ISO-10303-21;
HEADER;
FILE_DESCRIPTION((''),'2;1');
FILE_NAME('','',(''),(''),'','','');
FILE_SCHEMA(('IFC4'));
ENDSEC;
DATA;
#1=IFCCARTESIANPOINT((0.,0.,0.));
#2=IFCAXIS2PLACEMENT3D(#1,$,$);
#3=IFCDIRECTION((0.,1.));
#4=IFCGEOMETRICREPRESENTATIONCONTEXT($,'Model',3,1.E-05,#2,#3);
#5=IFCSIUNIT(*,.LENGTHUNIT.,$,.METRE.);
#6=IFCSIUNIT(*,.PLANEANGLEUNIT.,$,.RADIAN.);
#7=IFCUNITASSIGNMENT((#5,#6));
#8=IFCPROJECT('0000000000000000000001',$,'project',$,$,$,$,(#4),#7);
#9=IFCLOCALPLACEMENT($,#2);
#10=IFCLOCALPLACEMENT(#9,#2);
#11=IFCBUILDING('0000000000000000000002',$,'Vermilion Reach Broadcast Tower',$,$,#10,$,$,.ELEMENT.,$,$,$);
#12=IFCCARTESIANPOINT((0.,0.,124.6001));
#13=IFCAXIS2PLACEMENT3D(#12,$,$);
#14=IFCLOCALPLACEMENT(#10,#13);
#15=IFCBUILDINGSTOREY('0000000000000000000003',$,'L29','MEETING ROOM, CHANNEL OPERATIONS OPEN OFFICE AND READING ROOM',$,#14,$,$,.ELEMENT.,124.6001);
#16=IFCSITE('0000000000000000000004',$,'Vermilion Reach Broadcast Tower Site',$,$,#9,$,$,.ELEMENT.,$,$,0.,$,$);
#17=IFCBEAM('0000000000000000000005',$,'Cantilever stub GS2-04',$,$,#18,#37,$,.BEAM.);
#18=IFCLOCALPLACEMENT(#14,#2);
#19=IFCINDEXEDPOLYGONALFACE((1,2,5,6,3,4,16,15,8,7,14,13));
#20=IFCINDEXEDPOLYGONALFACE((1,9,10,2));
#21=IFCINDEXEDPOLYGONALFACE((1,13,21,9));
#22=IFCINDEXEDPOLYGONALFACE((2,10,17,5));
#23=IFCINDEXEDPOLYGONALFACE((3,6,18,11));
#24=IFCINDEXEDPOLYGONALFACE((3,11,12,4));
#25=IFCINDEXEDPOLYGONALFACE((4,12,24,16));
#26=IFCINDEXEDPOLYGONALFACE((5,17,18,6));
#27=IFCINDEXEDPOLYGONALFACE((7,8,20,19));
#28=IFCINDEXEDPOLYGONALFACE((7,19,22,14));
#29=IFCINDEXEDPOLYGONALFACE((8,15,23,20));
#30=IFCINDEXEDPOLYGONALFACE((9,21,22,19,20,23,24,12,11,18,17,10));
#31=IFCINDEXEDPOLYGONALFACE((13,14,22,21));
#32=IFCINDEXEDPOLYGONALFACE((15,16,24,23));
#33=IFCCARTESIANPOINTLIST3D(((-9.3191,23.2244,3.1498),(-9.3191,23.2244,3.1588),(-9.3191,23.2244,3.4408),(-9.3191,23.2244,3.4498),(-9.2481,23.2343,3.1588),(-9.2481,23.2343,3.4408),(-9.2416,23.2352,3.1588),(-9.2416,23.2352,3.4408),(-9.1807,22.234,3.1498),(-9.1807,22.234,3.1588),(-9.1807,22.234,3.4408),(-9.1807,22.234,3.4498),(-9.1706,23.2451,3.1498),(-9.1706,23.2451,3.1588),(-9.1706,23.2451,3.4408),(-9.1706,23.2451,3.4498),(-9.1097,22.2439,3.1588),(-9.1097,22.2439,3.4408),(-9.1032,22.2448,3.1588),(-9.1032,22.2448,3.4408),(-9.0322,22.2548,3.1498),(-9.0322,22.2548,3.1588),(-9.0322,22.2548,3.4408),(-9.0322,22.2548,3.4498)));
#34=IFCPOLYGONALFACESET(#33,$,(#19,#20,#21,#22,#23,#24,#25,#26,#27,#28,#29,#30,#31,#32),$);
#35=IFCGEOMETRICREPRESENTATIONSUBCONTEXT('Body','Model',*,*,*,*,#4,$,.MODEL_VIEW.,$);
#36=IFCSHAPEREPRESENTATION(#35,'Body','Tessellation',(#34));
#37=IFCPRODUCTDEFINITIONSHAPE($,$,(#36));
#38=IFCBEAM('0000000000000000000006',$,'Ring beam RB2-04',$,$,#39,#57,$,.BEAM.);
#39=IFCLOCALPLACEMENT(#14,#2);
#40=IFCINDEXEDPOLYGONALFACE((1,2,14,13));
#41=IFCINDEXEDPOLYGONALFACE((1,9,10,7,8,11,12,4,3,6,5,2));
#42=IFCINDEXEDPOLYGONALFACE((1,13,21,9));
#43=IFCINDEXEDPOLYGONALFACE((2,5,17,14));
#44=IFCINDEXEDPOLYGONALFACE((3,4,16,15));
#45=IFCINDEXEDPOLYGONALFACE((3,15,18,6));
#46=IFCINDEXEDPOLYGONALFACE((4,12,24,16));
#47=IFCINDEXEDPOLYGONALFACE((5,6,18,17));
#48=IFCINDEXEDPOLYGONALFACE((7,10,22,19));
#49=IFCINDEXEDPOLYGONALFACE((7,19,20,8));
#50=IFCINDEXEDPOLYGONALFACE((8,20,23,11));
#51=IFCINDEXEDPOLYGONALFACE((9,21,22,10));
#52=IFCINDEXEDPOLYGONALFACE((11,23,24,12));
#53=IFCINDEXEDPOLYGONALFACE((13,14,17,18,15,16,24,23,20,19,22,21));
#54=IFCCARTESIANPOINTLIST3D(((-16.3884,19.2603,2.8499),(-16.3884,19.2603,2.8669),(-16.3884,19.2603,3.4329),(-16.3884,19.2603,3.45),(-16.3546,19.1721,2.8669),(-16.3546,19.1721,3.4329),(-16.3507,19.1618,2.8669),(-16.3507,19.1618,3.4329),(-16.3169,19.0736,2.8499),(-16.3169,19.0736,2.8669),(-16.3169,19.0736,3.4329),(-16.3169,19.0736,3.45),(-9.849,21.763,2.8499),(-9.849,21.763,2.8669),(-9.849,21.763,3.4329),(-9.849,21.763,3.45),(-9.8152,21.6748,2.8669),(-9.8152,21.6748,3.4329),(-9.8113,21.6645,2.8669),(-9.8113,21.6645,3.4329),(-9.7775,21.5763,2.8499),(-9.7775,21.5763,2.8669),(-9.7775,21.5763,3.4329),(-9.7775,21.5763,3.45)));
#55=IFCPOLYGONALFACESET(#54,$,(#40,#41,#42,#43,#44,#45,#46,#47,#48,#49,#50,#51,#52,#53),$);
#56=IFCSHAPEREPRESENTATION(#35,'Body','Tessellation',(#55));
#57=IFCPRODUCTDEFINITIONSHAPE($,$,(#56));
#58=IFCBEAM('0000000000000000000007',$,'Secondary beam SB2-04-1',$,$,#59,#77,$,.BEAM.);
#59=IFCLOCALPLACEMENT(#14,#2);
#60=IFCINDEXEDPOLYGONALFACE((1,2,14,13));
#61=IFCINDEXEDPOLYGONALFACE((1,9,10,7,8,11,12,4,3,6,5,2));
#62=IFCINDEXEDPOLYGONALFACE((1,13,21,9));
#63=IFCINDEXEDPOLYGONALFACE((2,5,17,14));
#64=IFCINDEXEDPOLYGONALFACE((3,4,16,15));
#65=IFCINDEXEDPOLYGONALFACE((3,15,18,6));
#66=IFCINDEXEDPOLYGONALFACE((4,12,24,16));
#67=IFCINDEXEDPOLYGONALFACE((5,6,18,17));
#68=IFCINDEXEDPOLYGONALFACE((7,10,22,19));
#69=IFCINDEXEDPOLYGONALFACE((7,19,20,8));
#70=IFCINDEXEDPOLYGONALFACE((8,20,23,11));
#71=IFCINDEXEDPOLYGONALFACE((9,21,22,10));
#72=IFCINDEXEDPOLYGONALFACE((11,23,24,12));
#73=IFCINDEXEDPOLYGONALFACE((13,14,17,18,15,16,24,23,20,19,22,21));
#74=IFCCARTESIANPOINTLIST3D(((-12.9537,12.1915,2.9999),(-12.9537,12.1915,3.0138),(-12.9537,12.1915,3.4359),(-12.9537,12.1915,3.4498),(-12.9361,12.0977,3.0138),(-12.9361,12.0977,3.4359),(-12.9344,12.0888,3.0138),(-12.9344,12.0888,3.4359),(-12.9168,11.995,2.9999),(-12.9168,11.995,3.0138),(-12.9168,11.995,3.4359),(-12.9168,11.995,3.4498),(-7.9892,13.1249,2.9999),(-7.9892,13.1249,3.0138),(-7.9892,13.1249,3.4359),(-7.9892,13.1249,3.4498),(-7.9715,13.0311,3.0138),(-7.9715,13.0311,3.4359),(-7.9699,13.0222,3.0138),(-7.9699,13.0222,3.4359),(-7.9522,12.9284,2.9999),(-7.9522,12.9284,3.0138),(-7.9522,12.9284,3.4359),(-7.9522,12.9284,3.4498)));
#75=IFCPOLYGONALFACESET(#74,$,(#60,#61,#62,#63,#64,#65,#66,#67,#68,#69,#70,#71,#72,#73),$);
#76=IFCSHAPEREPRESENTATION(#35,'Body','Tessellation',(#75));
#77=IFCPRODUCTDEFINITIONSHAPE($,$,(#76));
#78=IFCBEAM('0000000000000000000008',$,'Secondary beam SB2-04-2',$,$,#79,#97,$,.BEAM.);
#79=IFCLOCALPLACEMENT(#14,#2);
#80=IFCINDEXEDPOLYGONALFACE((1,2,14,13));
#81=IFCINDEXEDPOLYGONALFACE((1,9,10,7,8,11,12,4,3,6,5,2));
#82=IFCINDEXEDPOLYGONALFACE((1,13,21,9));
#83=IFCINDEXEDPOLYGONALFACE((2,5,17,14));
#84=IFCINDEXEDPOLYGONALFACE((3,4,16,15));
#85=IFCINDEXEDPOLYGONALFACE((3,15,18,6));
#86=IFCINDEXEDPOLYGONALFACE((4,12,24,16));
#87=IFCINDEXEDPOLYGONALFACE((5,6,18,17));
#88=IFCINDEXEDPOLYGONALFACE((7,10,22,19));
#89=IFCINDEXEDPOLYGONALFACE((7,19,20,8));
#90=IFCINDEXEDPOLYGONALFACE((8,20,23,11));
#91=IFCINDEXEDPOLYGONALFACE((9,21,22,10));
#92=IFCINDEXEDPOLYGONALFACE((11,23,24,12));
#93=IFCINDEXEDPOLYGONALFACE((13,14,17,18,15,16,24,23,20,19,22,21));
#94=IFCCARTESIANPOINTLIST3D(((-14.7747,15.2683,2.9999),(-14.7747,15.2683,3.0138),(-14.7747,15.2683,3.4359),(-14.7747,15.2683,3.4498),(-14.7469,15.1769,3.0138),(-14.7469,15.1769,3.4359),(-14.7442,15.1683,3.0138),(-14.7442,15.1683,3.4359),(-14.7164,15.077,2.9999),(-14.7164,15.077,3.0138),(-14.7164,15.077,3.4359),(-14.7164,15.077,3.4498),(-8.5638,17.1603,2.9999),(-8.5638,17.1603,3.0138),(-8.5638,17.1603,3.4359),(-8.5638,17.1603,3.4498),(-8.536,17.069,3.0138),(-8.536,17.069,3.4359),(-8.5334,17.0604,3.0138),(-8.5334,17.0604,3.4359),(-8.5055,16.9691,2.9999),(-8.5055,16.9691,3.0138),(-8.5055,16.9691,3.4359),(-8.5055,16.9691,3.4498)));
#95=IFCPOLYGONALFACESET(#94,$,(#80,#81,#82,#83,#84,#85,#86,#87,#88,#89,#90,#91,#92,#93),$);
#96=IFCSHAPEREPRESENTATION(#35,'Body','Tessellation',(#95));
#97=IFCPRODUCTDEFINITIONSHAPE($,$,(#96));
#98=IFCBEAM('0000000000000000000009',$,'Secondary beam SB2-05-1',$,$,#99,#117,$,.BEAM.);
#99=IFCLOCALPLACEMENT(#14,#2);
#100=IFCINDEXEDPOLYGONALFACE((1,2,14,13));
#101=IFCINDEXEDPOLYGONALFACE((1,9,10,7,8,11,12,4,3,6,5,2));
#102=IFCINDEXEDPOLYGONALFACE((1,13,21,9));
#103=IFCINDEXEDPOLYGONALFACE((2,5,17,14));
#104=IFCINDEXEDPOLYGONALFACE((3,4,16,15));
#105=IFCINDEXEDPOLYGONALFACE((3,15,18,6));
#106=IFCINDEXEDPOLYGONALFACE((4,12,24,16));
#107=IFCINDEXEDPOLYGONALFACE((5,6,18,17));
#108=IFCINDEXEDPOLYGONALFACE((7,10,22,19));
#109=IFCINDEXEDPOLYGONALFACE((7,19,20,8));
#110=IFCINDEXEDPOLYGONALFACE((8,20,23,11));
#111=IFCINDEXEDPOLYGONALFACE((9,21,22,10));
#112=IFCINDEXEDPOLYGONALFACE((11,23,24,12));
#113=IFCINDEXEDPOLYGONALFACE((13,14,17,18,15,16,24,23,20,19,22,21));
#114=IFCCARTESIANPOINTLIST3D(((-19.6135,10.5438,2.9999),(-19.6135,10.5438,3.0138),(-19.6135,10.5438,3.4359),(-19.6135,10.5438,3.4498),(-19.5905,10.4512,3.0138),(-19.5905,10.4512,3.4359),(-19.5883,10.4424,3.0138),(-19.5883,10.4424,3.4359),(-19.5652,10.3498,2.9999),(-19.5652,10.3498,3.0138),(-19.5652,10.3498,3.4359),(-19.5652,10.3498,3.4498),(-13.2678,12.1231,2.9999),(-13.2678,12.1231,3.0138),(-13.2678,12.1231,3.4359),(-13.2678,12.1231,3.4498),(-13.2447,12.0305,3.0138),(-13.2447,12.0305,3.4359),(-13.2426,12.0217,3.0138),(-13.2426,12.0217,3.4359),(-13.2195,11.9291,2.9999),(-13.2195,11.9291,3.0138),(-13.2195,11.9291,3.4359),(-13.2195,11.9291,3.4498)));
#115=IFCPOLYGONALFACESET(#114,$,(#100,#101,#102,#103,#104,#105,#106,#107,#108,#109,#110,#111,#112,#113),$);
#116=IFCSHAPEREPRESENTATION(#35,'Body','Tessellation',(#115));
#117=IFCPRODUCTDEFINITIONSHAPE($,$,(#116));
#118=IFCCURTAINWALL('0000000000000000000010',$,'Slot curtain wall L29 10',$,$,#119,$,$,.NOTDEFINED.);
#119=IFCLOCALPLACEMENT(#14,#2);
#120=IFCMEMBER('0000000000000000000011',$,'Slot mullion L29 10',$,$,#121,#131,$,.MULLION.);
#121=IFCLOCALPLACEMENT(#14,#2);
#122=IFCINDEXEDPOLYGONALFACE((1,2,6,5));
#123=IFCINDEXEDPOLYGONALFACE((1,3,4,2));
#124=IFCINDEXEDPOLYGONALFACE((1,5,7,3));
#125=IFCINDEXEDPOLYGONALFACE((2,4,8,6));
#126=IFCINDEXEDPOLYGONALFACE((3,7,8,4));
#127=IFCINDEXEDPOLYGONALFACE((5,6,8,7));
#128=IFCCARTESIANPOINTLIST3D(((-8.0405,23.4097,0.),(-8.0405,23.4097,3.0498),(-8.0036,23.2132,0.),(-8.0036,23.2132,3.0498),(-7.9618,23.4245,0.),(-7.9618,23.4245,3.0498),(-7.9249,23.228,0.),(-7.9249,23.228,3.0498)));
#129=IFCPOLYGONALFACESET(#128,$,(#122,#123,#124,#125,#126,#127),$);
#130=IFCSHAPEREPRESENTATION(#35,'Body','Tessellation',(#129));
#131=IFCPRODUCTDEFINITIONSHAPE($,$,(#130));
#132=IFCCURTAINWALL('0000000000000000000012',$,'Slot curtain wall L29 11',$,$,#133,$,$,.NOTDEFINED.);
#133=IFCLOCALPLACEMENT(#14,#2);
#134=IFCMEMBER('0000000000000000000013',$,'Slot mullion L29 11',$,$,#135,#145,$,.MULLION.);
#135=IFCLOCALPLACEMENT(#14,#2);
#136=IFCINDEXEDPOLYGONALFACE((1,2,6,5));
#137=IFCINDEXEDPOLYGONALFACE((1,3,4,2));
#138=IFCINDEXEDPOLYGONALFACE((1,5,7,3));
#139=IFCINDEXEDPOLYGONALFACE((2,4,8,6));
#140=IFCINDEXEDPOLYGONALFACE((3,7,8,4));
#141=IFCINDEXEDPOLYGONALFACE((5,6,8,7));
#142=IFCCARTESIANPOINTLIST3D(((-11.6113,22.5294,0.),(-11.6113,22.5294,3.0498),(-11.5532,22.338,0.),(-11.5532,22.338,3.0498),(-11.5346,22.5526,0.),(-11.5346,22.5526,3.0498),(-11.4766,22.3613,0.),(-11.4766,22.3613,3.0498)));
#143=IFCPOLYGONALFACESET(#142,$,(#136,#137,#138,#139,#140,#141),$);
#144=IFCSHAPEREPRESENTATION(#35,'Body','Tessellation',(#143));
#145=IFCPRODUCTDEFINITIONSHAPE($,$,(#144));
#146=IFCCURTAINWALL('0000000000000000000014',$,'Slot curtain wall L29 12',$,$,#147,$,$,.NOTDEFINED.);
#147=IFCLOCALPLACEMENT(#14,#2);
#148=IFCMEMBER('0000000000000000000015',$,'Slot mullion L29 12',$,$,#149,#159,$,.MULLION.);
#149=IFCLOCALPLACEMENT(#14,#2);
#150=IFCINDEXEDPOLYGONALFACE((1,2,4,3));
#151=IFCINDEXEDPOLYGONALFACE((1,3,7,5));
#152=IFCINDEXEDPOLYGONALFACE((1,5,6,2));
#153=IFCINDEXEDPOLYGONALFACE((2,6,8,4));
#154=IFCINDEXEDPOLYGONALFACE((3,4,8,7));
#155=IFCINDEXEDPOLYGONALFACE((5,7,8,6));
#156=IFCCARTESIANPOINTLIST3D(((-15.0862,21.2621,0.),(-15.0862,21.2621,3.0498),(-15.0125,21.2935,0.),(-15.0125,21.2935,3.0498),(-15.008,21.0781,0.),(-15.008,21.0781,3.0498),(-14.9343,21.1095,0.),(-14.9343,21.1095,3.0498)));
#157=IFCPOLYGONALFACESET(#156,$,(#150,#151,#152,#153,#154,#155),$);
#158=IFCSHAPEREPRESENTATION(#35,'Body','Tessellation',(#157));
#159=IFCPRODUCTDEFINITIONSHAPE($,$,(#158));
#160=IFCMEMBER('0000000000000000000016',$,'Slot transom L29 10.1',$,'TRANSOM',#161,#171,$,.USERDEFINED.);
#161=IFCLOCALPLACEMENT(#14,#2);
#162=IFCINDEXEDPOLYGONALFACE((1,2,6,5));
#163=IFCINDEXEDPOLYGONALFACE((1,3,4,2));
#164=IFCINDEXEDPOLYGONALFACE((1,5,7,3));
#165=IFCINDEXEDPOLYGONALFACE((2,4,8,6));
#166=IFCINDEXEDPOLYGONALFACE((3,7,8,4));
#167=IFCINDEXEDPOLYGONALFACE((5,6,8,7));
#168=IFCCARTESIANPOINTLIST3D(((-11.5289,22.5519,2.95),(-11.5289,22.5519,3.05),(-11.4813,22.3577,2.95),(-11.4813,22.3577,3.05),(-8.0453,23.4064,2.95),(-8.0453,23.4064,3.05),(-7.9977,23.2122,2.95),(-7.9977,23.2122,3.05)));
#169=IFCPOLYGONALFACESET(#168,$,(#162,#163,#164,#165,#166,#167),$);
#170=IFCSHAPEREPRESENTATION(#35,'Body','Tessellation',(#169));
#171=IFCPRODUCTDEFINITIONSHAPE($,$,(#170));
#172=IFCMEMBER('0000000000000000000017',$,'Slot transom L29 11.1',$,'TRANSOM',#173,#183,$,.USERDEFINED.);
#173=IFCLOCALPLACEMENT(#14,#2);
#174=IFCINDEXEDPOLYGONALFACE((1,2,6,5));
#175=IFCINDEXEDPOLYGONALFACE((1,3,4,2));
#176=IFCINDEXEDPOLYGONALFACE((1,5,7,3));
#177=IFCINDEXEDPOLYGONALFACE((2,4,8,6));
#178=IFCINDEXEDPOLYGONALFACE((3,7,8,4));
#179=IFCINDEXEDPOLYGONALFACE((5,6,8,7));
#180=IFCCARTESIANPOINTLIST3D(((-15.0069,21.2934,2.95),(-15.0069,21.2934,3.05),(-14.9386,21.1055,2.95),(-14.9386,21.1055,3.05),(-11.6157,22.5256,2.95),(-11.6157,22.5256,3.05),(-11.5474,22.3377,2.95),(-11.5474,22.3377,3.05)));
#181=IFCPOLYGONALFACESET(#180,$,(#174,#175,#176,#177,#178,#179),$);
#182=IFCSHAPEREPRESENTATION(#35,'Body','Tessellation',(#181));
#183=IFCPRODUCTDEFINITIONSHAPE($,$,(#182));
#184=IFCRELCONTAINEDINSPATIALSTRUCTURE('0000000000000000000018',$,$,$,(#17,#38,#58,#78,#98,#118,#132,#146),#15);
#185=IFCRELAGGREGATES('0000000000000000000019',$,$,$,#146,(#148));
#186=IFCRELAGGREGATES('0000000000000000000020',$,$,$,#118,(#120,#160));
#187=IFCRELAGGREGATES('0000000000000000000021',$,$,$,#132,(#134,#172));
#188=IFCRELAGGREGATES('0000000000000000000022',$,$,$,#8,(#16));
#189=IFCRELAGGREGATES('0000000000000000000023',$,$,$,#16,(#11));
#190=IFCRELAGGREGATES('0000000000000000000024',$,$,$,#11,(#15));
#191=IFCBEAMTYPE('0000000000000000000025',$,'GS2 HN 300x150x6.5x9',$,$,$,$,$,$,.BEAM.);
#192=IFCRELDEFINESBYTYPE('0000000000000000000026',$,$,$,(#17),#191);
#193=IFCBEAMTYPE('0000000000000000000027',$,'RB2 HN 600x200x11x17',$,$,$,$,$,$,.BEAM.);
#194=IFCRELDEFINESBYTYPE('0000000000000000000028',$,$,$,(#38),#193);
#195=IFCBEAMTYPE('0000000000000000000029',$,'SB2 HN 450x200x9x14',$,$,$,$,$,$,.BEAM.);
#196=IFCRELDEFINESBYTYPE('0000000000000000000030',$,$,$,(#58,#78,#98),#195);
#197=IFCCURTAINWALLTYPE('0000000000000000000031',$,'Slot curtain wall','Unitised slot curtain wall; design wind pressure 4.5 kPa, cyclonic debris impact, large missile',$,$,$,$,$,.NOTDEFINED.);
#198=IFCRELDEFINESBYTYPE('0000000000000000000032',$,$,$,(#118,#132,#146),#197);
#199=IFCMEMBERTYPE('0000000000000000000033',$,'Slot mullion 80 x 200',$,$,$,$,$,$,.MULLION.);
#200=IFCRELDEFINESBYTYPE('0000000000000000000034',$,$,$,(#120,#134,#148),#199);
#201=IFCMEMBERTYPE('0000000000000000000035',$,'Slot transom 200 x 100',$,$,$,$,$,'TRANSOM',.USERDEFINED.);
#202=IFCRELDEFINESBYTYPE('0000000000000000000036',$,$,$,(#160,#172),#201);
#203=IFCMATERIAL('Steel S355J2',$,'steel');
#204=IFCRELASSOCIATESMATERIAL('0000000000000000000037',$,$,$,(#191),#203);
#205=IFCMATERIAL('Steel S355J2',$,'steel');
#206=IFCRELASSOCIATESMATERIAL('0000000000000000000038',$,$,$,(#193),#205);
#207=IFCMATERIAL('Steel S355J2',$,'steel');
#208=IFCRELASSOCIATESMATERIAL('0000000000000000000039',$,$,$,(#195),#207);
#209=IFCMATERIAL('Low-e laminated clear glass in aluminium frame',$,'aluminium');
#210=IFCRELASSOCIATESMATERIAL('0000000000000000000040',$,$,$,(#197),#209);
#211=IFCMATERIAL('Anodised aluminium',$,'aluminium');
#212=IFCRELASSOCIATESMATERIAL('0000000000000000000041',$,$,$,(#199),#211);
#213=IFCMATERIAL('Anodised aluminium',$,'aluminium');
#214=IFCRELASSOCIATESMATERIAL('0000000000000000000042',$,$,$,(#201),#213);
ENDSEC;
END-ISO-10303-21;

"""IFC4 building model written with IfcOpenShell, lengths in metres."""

from ifc_helpers import new_model, si_unit, direction, frame, origin, origin_2d, place, context, subcontext, project, spatial, rectangle, i_section, extrude, material, material_profile, profile_set, type_object, element, aggregate, save


model = new_model("IFC4")

# Units and contexts
model_context = context("Model", 3, precision=1e-05, world=origin(), true_north=direction((0.0, 1.0)))
body_context = subcontext(model_context, "Body", "Model", "MODEL_VIEW")
ifc_project = project(units=[si_unit("LENGTHUNIT", "METRE"), si_unit("PLANEANGLEUNIT", "RADIAN")], contexts=[model_context])

# Site, building, storey
site_placement = place(None, origin())
site = spatial("IfcSite", under=ifc_project, at=site_placement, Name="Vermilion Reach Broadcast Tower Site", CompositionType="ELEMENT", RefElevation=0.0)
building_placement = place(site_placement, origin())
building = spatial("IfcBuilding", under=site, at=building_placement, Name="Vermilion Reach Broadcast Tower", CompositionType="ELEMENT")
storey_placement = place(building_placement, frame((0.0, 0.0, 124.6001)))
storey = spatial("IfcBuildingStorey", under=building, at=storey_placement, Name="L29", Description="MEETING ROOM, CHANNEL OPERATIONS OPEN OFFICE AND READING ROOM", CompositionType="ELEMENT", Elevation=124.6001)

# Beams
ifc_material_1 = material(Name="Steel S355J2", Category="steel")
ifc_material_profile_1 = material_profile(ifc_material_1, i_section(OverallWidth=0.1499, OverallDepth=0.3, WebThickness=0.0066, FlangeThickness=0.009, at=origin_2d()), Name="S355J2 HN 300x150x6.5x9")
ifc_profile_set_1 = profile_set([ifc_material_profile_1], Name="Steel S355J2")
beam_type_1 = type_object("IfcBeamType", Name="GS2 HN 300x150x6.5x9", PredefinedType="BEAM", material=ifc_profile_set_1)
beam_1_placement = place(storey_placement, frame((-9.1064, 22.2444, 3.2998), z_axis=(-0.138413, 0.990375, 0.0), x_axis=(-0.990375, -0.138413, 0.0)))
element("IfcBeam", 1, at=beam_1_placement, inside=storey, type_object=beam_type_1, Name="Cantilever stub GS2-04", PredefinedType="BEAM", context=body_context, shape_type="SweptSolid", body=[
    extrude(i_section(OverallWidth=0.1499, OverallDepth=0.3, WebThickness=0.0066, FlangeThickness=0.009, at=origin_2d()), origin(), (0.0, 0.0, 1.0), 1.0),
])
ifc_material_2 = material(Name="Steel S355J2", Category="steel")
ifc_material_profile_2 = material_profile(ifc_material_2, i_section(OverallWidth=0.2, OverallDepth=0.6001, WebThickness=0.011, FlangeThickness=0.0171, at=origin_2d()), Name="S355J2 HN 600x200x11x17")
ifc_profile_set_2 = profile_set([ifc_material_profile_2], Name="Steel S355J2")
beam_type_2 = type_object("IfcBeamType", Name="RB2 HN 600x200x11x17", PredefinedType="BEAM", material=ifc_profile_set_2)
beam_2_placement = place(storey_placement, frame((-9.8132, 21.6697, 3.1499), z_axis=(-0.933939, -0.357432, 0.0), x_axis=(0.357432, -0.933939, 0.0)))
element("IfcBeam", 2, at=beam_2_placement, inside=storey, type_object=beam_type_2, Name="Ring beam RB2-04", PredefinedType="BEAM", context=body_context, shape_type="SweptSolid", body=[
    extrude(i_section(OverallWidth=0.2, OverallDepth=0.6001, WebThickness=0.011, FlangeThickness=0.0171, at=origin_2d()), origin(), (0.0, 0.0, 1.0), 7.002),
])
ifc_material_3 = material(Name="Steel S355J2", Category="steel")
ifc_material_profile_3 = material_profile(ifc_material_3, i_section(OverallWidth=0.2, OverallDepth=0.45, WebThickness=0.009, FlangeThickness=0.0139, at=origin_2d()), Name="S355J2 HN 450x200x9x14")
ifc_profile_set_3 = profile_set([ifc_material_profile_3], Name="Steel S355J2")
beam_type_3 = type_object("IfcBeamType", Name="SB2 HN 450x200x9x14", PredefinedType="BEAM", material=ifc_profile_set_3)
beam_3_placement = place(storey_placement, frame((-7.9707, 13.0266, 3.2249), z_axis=(-0.982783, -0.184764, 0.0), x_axis=(0.184764, -0.982783, 0.0)))
element("IfcBeam", 3, at=beam_3_placement, inside=storey, type_object=beam_type_3, Name="Secondary beam SB2-04-1", PredefinedType="BEAM", context=body_context, shape_type="SweptSolid", body=[
    extrude(i_section(OverallWidth=0.2, OverallDepth=0.45, WebThickness=0.009, FlangeThickness=0.0139, at=origin_2d()), origin(), (0.0, 0.0, 1.0), 5.0515),
])
beam_4_placement = place(storey_placement, frame((-8.5347, 17.0647, 3.2249), z_axis=(-0.956596, -0.291416, 0.0), x_axis=(0.291416, -0.956596, 0.0)))
element("IfcBeam", 4, at=beam_4_placement, inside=storey, type_object=beam_type_3, Name="Secondary beam SB2-04-2", PredefinedType="BEAM", context=body_context, shape_type="SweptSolid", body=[
    extrude(i_section(OverallWidth=0.2, OverallDepth=0.45, WebThickness=0.009, FlangeThickness=0.0139, at=origin_2d()), origin(), (0.0, 0.0, 1.0), 6.4927),
])
beam_5_placement = place(storey_placement, frame((-13.2437, 12.0261, 3.2249), z_axis=(-0.970397, -0.241516, 0.0), x_axis=(0.241516, -0.970397, 0.0)))
element("IfcBeam", 5, at=beam_5_placement, inside=storey, type_object=beam_type_3, Name="Secondary beam SB2-05-1", PredefinedType="BEAM", context=body_context, shape_type="SweptSolid", body=[
    extrude(i_section(OverallWidth=0.2, OverallDepth=0.45, WebThickness=0.009, FlangeThickness=0.0139, at=origin_2d()), origin(), (0.0, 0.0, 1.0), 6.5393),
])

# Curtain walls, members
ifc_material_4 = material(Name="Low-e laminated clear glass in aluminium frame", Category="aluminium")
curtain_wall_type = type_object("IfcCurtainWallType", Name="Slot curtain wall", Description="Unitised slot curtain wall; design wind pressure 4.5 kPa, cyclonic debris impact, large missile", PredefinedType="NOTDEFINED", material=ifc_material_4)
placement = place(storey_placement, origin())
curtain_wall_1 = element("IfcCurtainWall", 6, at=placement, inside=storey, type_object=curtain_wall_type, Name="Slot curtain wall L29 10", PredefinedType="NOTDEFINED")
ifc_material_5 = material(Name="Anodised aluminium", Category="aluminium")
ifc_material_profile_4 = material_profile(ifc_material_5, rectangle(XDim=0.2, YDim=0.0801, at=origin_2d()), Name="Slot mullion 80 x 200")
ifc_profile_set_4 = profile_set([ifc_material_profile_4], Name="Anodised aluminium")
member_type_1 = type_object("IfcMemberType", Name="Slot mullion 80 x 200", PredefinedType="MULLION", material=ifc_profile_set_4)
member_1_placement = place(storey_placement, frame((-7.9827, 23.3188, 0.0), z_axis=(0.0, 0.0, 1.0), x_axis=(0.18462, -0.98281, 0.0)))
member_1 = element("IfcMember", 7, at=member_1_placement, type_object=member_type_1, Name="Slot mullion L29 10", PredefinedType="MULLION", context=body_context, shape_type="SweptSolid", body=[
    extrude(rectangle(XDim=0.2, YDim=0.0801, at=origin_2d()), origin(), (0.0, 0.0, 1.0), 3.0498),
])
curtain_wall_2 = element("IfcCurtainWall", 8, at=placement, inside=storey, type_object=curtain_wall_type, Name="Slot curtain wall L29 11", PredefinedType="NOTDEFINED")
member_2_placement = place(storey_placement, frame((-11.5439, 22.4453, 0.0), z_axis=(0.0, 0.0, 1.0), x_axis=(0.290269, -0.956945, 0.0)))
member_2 = element("IfcMember", 9, at=member_2_placement, type_object=member_type_1, Name="Slot mullion L29 11", PredefinedType="MULLION", context=body_context, shape_type="SweptSolid", body=[
    extrude(rectangle(XDim=0.2, YDim=0.0801, at=origin_2d()), origin(), (0.0, 0.0, 1.0), 3.0498),
])
curtain_wall_3 = element("IfcCurtainWall", 10, at=placement, inside=storey, type_object=curtain_wall_type, Name="Slot curtain wall L29 12", PredefinedType="NOTDEFINED")
member_3_placement = place(storey_placement, frame((-15.0103, 21.1858, 0.0), z_axis=(0.0, 0.0, 1.0), x_axis=(0.391374, -0.920232, 0.0)))
member_3 = element("IfcMember", 11, at=member_3_placement, type_object=member_type_1, Name="Slot mullion L29 12", PredefinedType="MULLION", context=body_context, shape_type="SweptSolid", body=[
    extrude(rectangle(XDim=0.2, YDim=0.0801, at=origin_2d()), origin(), (0.0, 0.0, 1.0), 3.0498),
])
aggregate(curtain_wall_3, [member_3])

# Members
ifc_material_6 = material(Name="Anodised aluminium", Category="aluminium")
ifc_material_profile_5 = material_profile(ifc_material_6, rectangle(XDim=0.2, YDim=0.1001, at=origin_2d()), Name="Slot transom 200 x 100")
ifc_profile_set_5 = profile_set([ifc_material_profile_5], Name="Anodised aluminium")
member_type_2 = type_object("IfcMemberType", Name="Slot transom 200 x 100", ElementType="TRANSOM", PredefinedType="USERDEFINED", material=ifc_profile_set_5)
member_4_placement = place(storey_placement, frame((-8.0215, 23.3093, 3.0), z_axis=(-0.97121, -0.238225, 0.0), x_axis=(0.238225, -0.97121, 0.0)))
member_4 = element("IfcMember", 12, at=member_4_placement, type_object=member_type_2, Name="Slot transom L29 10.1", ObjectType="TRANSOM", PredefinedType="USERDEFINED", context=body_context, shape_type="SweptSolid", body=[
    extrude(rectangle(XDim=0.2, YDim=0.1001, at=origin_2d()), origin(), (0.0, 0.0, 1.0), 3.5869),
])
member_5_placement = place(storey_placement, frame((-11.5815, 22.4316, 3.0), z_axis=(-0.939878, -0.341509, 0.0), x_axis=(0.341509, -0.939878, 0.0)))
member_5 = element("IfcMember", 13, at=member_5_placement, type_object=member_type_2, Name="Slot transom L29 11.1", ObjectType="TRANSOM", PredefinedType="USERDEFINED", context=body_context, shape_type="SweptSolid", body=[
    extrude(rectangle(XDim=0.2, YDim=0.1001, at=origin_2d()), origin(), (0.0, 0.0, 1.0), 3.6082),
])

aggregate(curtain_wall_1, [member_1, member_4])
aggregate(curtain_wall_2, [member_2, member_5])

save(model, "model.ifc")
